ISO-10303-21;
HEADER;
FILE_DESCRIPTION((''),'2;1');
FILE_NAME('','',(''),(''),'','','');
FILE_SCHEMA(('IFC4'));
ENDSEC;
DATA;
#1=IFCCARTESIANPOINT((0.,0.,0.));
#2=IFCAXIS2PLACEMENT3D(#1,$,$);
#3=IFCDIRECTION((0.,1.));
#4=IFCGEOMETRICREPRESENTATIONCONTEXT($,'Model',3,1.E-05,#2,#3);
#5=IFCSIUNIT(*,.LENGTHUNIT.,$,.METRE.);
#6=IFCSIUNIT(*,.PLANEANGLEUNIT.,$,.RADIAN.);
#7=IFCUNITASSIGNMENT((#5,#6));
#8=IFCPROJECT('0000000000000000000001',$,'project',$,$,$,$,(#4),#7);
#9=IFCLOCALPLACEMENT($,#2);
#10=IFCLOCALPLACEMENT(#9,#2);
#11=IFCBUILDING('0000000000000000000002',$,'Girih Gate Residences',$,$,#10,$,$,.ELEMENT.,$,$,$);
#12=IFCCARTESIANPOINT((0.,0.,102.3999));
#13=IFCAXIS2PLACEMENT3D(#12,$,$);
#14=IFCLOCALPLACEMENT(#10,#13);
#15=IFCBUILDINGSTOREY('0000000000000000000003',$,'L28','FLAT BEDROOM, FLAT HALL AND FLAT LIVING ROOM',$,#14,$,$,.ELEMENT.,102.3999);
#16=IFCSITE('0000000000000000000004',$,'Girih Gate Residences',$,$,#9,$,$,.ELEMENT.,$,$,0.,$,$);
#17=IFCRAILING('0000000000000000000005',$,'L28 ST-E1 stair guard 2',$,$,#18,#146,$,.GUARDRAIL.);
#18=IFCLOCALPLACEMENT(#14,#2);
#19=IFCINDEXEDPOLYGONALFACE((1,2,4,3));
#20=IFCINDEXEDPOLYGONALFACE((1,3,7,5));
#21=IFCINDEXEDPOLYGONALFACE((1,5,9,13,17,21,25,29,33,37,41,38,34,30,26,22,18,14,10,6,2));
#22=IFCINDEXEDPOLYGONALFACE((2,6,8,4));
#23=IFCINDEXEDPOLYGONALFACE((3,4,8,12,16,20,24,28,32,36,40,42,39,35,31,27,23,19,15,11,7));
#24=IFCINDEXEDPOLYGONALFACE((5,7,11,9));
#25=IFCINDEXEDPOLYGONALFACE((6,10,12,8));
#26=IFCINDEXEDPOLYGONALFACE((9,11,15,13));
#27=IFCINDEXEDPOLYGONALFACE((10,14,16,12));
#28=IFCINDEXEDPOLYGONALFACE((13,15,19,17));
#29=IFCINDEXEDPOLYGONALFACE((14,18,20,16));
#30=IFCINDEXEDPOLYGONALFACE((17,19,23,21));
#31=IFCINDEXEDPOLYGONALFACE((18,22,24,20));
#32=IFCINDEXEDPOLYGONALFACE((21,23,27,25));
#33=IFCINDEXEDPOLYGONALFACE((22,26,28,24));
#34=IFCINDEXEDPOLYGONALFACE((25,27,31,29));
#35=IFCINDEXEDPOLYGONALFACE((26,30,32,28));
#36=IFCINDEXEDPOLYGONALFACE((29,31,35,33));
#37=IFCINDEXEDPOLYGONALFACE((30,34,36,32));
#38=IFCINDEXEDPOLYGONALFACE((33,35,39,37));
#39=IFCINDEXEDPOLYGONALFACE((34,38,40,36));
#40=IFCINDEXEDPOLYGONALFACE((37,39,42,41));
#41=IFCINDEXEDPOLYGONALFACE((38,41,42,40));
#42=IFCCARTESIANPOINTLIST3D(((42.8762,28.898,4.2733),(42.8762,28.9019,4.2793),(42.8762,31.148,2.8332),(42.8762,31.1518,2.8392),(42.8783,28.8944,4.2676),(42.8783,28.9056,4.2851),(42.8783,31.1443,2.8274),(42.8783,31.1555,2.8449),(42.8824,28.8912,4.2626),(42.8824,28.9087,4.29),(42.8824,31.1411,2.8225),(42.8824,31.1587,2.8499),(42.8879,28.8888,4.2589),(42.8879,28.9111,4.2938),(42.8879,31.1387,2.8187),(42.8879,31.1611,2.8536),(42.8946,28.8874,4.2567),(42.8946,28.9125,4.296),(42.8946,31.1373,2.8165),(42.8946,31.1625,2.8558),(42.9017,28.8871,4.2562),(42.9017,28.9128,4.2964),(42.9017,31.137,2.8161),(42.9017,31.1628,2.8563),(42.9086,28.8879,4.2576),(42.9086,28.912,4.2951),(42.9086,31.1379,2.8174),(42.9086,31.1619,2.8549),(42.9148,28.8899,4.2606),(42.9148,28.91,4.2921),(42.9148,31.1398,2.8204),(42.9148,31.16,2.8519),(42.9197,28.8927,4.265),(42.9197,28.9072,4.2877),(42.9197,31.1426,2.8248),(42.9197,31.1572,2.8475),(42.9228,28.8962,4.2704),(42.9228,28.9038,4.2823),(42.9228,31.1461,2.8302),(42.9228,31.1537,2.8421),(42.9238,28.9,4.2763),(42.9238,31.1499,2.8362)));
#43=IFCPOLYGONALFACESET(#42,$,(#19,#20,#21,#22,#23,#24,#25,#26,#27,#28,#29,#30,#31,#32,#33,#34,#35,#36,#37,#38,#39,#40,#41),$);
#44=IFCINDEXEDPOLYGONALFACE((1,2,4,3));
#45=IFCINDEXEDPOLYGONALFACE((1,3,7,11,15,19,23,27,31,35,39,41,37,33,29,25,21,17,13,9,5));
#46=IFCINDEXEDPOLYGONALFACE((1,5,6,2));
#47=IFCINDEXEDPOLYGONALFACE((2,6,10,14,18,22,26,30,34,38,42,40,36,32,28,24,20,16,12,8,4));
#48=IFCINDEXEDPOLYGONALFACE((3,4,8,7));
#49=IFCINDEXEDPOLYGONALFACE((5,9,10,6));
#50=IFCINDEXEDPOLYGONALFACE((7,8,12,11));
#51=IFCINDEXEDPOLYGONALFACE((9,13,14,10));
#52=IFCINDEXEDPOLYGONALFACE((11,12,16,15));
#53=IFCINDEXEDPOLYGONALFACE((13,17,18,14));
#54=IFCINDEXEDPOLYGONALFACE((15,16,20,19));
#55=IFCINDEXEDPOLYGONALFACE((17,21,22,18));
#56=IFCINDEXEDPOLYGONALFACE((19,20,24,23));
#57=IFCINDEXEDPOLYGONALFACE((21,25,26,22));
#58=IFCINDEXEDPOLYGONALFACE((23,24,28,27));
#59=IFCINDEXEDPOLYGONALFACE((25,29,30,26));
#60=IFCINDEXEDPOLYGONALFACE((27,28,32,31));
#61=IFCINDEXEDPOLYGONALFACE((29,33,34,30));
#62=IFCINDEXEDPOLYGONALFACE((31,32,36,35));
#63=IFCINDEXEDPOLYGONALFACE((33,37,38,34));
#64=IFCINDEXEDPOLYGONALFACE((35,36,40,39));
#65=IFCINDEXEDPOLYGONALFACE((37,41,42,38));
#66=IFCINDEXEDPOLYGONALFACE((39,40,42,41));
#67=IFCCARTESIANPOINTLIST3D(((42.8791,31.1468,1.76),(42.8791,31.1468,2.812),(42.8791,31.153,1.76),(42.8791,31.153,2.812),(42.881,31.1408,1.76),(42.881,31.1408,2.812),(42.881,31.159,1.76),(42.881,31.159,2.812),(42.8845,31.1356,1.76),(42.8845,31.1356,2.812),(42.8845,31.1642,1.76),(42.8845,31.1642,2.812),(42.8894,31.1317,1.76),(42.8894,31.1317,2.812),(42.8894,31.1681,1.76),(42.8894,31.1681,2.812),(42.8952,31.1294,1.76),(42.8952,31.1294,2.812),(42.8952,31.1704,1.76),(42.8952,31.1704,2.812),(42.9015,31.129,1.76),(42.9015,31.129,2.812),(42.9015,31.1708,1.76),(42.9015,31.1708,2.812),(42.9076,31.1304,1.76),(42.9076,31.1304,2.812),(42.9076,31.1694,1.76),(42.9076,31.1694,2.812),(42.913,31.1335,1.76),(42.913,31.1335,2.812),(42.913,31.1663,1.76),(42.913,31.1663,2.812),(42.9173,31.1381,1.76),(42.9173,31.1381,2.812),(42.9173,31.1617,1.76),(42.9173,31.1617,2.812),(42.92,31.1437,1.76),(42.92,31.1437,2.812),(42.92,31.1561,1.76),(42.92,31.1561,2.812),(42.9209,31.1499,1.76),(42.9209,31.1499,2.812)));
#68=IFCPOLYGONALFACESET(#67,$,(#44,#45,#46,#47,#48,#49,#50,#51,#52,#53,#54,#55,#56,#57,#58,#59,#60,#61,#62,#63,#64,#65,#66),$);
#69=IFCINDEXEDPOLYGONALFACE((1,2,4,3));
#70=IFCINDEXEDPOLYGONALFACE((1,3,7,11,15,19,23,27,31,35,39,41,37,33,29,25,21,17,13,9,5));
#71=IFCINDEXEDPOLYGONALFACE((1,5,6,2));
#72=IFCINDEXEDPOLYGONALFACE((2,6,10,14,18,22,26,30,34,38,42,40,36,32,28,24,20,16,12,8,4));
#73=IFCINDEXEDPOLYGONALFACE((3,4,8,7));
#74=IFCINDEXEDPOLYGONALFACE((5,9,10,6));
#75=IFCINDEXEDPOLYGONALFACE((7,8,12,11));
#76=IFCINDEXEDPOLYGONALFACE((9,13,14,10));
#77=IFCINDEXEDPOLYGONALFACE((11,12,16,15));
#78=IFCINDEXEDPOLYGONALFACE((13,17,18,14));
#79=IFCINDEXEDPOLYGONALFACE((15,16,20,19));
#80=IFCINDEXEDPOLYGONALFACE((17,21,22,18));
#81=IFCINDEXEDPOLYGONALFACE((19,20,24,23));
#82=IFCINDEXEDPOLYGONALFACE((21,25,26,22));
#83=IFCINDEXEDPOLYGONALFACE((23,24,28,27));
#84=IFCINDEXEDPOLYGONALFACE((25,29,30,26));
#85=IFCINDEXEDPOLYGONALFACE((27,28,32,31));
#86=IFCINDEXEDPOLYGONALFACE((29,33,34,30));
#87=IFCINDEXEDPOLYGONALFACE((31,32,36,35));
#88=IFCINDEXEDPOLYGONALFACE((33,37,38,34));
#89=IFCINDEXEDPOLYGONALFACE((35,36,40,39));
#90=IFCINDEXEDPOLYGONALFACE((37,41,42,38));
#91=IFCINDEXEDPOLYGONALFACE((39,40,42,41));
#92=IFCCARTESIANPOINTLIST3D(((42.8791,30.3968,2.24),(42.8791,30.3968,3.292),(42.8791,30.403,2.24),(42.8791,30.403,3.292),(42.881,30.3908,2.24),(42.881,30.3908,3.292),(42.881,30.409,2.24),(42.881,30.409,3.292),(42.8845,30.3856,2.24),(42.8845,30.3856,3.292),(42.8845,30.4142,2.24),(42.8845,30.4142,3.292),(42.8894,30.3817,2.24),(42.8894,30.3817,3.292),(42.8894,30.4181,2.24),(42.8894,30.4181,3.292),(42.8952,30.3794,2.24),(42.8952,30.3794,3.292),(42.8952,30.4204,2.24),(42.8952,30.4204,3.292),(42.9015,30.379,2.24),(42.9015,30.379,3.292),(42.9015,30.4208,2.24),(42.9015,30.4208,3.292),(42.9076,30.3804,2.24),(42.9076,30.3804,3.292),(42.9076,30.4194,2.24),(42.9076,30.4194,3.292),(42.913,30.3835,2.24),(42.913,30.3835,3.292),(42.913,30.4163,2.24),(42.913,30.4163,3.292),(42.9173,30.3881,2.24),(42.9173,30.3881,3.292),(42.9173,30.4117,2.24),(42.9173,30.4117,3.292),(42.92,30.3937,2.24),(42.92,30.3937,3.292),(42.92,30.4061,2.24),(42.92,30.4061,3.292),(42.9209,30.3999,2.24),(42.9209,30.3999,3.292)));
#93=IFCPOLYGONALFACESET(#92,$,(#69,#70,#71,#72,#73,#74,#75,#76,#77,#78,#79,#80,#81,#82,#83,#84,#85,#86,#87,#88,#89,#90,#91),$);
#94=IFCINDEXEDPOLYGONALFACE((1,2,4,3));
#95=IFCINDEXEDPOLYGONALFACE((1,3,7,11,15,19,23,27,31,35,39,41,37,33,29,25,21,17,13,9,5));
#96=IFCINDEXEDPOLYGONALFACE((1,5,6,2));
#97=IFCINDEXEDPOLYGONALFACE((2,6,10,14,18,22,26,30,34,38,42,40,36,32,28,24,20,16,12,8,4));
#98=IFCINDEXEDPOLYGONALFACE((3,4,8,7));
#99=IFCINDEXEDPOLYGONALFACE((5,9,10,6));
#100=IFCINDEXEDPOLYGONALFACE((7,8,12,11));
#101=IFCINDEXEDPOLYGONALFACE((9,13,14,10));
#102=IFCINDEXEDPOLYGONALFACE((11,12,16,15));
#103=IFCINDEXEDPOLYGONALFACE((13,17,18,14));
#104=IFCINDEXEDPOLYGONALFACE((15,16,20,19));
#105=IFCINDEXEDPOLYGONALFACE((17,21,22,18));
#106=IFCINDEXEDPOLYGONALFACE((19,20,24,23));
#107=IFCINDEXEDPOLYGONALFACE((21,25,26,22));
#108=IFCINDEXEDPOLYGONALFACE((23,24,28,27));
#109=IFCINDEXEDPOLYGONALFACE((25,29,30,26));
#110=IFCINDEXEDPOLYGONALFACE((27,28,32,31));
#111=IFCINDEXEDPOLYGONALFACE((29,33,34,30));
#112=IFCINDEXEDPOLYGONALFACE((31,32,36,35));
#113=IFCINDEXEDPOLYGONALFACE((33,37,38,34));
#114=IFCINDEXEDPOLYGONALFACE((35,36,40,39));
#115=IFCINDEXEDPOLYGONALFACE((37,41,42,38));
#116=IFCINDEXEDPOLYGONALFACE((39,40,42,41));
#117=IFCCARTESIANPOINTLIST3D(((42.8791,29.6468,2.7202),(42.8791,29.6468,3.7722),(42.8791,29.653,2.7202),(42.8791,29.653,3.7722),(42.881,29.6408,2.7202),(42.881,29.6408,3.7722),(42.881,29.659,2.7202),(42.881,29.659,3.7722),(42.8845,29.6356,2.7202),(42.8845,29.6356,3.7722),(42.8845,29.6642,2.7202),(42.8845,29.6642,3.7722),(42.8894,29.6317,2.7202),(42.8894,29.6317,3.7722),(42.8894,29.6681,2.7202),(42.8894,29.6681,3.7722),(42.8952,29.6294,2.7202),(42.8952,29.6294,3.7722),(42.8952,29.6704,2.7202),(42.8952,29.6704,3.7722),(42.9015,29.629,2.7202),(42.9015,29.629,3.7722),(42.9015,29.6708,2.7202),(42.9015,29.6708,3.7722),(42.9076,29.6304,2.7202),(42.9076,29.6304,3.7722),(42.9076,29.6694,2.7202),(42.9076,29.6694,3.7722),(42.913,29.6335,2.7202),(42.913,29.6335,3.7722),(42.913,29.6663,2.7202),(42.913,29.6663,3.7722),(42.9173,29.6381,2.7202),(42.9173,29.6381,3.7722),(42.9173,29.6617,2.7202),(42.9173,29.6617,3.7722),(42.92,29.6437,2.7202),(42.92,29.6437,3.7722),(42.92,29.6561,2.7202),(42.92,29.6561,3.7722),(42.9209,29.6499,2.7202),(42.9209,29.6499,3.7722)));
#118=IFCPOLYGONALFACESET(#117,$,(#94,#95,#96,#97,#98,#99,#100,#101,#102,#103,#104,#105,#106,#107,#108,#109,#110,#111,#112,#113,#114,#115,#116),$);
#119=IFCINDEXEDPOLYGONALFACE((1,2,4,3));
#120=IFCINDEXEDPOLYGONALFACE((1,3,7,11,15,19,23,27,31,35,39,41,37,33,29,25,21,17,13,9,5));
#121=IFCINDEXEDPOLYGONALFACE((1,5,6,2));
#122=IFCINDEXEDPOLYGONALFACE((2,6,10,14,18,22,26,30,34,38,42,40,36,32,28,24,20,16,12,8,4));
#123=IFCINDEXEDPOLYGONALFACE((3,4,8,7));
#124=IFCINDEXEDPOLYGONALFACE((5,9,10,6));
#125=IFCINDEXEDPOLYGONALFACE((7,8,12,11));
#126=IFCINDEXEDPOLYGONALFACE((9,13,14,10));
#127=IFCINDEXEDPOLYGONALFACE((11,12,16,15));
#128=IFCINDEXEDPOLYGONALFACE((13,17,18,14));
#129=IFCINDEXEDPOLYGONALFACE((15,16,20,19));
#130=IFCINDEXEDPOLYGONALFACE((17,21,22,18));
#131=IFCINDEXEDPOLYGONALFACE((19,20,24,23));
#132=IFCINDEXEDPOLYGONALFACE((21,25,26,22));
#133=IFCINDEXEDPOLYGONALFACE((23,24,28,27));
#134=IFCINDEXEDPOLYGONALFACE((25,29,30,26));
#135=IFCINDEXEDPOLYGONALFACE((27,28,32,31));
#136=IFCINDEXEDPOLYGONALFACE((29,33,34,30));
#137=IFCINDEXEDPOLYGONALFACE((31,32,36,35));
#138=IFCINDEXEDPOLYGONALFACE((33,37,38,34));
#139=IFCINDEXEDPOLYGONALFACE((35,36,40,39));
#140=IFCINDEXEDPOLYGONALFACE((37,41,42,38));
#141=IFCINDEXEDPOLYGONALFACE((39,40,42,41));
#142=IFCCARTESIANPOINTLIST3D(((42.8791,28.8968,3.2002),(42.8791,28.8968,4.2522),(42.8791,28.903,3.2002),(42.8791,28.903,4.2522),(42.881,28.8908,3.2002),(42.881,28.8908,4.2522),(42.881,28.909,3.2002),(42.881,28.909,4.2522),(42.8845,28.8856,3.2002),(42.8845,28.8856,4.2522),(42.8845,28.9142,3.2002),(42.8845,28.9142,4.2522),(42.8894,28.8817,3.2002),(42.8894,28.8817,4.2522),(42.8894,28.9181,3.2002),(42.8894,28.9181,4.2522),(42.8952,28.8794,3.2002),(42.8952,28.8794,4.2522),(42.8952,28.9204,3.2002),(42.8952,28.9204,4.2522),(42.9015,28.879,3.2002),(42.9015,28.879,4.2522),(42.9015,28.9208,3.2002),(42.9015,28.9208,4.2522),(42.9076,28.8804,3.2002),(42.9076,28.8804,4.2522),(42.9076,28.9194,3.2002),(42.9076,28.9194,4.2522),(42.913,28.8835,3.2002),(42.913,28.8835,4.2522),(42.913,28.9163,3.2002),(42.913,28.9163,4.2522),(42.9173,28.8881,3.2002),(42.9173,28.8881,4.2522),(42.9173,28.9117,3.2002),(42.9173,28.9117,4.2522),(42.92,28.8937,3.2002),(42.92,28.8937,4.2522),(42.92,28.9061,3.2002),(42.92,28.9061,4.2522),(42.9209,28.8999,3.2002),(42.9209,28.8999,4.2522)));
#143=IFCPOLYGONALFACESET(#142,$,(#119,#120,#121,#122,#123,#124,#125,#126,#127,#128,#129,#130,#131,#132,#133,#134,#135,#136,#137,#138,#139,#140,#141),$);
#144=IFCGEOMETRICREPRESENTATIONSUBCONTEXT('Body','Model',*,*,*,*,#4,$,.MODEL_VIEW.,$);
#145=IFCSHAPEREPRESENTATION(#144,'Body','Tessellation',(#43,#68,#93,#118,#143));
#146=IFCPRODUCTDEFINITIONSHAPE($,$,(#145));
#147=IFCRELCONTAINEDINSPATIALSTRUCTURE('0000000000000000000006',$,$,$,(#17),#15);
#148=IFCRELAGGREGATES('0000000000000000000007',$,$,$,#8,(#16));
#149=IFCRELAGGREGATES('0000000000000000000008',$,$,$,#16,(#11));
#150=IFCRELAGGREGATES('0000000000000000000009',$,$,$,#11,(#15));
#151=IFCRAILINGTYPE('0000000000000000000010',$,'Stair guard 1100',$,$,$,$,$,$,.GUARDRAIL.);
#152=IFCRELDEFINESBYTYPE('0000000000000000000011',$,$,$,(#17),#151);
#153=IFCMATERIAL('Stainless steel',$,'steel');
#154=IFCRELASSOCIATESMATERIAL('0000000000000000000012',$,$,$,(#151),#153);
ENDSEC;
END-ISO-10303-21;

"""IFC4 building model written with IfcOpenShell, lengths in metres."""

from ifc_helpers import new_model, si_unit, direction, frame, origin, origin_2d, place, context, subcontext, project, spatial, circle, extrude, material, type_object, element, save


model = new_model("IFC4")

# Units and contexts
model_context = context("Model", 3, precision=1e-05, world=origin(), true_north=direction((0.0, 1.0)))
body_context = subcontext(model_context, "Body", "Model", "MODEL_VIEW")
ifc_project = project(units=[si_unit("LENGTHUNIT", "METRE"), si_unit("PLANEANGLEUNIT", "RADIAN")], contexts=[model_context])

# Site, building, storey
site_placement = place(None, origin())
site = spatial("IfcSite", under=ifc_project, at=site_placement, Name="Girih Gate Residences", CompositionType="ELEMENT", RefElevation=0.0)
building_placement = place(site_placement, origin())
building = spatial("IfcBuilding", under=site, at=building_placement, Name="Girih Gate Residences", CompositionType="ELEMENT")
storey_placement = place(building_placement, frame((0.0, 0.0, 102.3999)))
storey = spatial("IfcBuildingStorey", under=building, at=storey_placement, Name="L28", Description="FLAT BEDROOM, FLAT HALL AND FLAT LIVING ROOM", CompositionType="ELEMENT", Elevation=102.3999)

# Railing
ifc_material_1 = material(Name="Stainless steel", Category="steel")
railing_type_1 = type_object("IfcRailingType", Name="Stair guard 1100", PredefinedType="GUARDRAIL", material=ifc_material_1)
railing_1_placement = place(storey_placement, frame((42.8999, 31.1499, 1.76)))
element("IfcRailing", 1, at=railing_1_placement, inside=storey, type_object=railing_type_1, Name="L28 ST-E1 stair guard 2", PredefinedType="GUARDRAIL", context=body_context, shape_type="SweptSolid", body=[
    extrude(circle(Radius=0.0239, at=origin_2d()), frame((0.0, 0.0, 1.0762), z_axis=(0.0, -0.84224, 0.539103), x_axis=(1.0, 0.0, 0.0)), (0.0, 0.0, 1.0), 2.6714),
    extrude(circle(Radius=0.021, at=origin_2d()), origin(), (0.0, 0.0, 1.0), 1.052),
    extrude(circle(Radius=0.021, at=origin_2d()), frame((0.0, -0.75, 0.48)), (0.0, 0.0, 1.0), 1.052),
    extrude(circle(Radius=0.021, at=origin_2d()), frame((0.0, -1.5, 0.9602)), (0.0, 0.0, 1.0), 1.052),
    extrude(circle(Radius=0.021, at=origin_2d()), frame((0.0, -2.25, 1.4402)), (0.0, 0.0, 1.0), 1.052),
])

save(model, "model.ifc")
